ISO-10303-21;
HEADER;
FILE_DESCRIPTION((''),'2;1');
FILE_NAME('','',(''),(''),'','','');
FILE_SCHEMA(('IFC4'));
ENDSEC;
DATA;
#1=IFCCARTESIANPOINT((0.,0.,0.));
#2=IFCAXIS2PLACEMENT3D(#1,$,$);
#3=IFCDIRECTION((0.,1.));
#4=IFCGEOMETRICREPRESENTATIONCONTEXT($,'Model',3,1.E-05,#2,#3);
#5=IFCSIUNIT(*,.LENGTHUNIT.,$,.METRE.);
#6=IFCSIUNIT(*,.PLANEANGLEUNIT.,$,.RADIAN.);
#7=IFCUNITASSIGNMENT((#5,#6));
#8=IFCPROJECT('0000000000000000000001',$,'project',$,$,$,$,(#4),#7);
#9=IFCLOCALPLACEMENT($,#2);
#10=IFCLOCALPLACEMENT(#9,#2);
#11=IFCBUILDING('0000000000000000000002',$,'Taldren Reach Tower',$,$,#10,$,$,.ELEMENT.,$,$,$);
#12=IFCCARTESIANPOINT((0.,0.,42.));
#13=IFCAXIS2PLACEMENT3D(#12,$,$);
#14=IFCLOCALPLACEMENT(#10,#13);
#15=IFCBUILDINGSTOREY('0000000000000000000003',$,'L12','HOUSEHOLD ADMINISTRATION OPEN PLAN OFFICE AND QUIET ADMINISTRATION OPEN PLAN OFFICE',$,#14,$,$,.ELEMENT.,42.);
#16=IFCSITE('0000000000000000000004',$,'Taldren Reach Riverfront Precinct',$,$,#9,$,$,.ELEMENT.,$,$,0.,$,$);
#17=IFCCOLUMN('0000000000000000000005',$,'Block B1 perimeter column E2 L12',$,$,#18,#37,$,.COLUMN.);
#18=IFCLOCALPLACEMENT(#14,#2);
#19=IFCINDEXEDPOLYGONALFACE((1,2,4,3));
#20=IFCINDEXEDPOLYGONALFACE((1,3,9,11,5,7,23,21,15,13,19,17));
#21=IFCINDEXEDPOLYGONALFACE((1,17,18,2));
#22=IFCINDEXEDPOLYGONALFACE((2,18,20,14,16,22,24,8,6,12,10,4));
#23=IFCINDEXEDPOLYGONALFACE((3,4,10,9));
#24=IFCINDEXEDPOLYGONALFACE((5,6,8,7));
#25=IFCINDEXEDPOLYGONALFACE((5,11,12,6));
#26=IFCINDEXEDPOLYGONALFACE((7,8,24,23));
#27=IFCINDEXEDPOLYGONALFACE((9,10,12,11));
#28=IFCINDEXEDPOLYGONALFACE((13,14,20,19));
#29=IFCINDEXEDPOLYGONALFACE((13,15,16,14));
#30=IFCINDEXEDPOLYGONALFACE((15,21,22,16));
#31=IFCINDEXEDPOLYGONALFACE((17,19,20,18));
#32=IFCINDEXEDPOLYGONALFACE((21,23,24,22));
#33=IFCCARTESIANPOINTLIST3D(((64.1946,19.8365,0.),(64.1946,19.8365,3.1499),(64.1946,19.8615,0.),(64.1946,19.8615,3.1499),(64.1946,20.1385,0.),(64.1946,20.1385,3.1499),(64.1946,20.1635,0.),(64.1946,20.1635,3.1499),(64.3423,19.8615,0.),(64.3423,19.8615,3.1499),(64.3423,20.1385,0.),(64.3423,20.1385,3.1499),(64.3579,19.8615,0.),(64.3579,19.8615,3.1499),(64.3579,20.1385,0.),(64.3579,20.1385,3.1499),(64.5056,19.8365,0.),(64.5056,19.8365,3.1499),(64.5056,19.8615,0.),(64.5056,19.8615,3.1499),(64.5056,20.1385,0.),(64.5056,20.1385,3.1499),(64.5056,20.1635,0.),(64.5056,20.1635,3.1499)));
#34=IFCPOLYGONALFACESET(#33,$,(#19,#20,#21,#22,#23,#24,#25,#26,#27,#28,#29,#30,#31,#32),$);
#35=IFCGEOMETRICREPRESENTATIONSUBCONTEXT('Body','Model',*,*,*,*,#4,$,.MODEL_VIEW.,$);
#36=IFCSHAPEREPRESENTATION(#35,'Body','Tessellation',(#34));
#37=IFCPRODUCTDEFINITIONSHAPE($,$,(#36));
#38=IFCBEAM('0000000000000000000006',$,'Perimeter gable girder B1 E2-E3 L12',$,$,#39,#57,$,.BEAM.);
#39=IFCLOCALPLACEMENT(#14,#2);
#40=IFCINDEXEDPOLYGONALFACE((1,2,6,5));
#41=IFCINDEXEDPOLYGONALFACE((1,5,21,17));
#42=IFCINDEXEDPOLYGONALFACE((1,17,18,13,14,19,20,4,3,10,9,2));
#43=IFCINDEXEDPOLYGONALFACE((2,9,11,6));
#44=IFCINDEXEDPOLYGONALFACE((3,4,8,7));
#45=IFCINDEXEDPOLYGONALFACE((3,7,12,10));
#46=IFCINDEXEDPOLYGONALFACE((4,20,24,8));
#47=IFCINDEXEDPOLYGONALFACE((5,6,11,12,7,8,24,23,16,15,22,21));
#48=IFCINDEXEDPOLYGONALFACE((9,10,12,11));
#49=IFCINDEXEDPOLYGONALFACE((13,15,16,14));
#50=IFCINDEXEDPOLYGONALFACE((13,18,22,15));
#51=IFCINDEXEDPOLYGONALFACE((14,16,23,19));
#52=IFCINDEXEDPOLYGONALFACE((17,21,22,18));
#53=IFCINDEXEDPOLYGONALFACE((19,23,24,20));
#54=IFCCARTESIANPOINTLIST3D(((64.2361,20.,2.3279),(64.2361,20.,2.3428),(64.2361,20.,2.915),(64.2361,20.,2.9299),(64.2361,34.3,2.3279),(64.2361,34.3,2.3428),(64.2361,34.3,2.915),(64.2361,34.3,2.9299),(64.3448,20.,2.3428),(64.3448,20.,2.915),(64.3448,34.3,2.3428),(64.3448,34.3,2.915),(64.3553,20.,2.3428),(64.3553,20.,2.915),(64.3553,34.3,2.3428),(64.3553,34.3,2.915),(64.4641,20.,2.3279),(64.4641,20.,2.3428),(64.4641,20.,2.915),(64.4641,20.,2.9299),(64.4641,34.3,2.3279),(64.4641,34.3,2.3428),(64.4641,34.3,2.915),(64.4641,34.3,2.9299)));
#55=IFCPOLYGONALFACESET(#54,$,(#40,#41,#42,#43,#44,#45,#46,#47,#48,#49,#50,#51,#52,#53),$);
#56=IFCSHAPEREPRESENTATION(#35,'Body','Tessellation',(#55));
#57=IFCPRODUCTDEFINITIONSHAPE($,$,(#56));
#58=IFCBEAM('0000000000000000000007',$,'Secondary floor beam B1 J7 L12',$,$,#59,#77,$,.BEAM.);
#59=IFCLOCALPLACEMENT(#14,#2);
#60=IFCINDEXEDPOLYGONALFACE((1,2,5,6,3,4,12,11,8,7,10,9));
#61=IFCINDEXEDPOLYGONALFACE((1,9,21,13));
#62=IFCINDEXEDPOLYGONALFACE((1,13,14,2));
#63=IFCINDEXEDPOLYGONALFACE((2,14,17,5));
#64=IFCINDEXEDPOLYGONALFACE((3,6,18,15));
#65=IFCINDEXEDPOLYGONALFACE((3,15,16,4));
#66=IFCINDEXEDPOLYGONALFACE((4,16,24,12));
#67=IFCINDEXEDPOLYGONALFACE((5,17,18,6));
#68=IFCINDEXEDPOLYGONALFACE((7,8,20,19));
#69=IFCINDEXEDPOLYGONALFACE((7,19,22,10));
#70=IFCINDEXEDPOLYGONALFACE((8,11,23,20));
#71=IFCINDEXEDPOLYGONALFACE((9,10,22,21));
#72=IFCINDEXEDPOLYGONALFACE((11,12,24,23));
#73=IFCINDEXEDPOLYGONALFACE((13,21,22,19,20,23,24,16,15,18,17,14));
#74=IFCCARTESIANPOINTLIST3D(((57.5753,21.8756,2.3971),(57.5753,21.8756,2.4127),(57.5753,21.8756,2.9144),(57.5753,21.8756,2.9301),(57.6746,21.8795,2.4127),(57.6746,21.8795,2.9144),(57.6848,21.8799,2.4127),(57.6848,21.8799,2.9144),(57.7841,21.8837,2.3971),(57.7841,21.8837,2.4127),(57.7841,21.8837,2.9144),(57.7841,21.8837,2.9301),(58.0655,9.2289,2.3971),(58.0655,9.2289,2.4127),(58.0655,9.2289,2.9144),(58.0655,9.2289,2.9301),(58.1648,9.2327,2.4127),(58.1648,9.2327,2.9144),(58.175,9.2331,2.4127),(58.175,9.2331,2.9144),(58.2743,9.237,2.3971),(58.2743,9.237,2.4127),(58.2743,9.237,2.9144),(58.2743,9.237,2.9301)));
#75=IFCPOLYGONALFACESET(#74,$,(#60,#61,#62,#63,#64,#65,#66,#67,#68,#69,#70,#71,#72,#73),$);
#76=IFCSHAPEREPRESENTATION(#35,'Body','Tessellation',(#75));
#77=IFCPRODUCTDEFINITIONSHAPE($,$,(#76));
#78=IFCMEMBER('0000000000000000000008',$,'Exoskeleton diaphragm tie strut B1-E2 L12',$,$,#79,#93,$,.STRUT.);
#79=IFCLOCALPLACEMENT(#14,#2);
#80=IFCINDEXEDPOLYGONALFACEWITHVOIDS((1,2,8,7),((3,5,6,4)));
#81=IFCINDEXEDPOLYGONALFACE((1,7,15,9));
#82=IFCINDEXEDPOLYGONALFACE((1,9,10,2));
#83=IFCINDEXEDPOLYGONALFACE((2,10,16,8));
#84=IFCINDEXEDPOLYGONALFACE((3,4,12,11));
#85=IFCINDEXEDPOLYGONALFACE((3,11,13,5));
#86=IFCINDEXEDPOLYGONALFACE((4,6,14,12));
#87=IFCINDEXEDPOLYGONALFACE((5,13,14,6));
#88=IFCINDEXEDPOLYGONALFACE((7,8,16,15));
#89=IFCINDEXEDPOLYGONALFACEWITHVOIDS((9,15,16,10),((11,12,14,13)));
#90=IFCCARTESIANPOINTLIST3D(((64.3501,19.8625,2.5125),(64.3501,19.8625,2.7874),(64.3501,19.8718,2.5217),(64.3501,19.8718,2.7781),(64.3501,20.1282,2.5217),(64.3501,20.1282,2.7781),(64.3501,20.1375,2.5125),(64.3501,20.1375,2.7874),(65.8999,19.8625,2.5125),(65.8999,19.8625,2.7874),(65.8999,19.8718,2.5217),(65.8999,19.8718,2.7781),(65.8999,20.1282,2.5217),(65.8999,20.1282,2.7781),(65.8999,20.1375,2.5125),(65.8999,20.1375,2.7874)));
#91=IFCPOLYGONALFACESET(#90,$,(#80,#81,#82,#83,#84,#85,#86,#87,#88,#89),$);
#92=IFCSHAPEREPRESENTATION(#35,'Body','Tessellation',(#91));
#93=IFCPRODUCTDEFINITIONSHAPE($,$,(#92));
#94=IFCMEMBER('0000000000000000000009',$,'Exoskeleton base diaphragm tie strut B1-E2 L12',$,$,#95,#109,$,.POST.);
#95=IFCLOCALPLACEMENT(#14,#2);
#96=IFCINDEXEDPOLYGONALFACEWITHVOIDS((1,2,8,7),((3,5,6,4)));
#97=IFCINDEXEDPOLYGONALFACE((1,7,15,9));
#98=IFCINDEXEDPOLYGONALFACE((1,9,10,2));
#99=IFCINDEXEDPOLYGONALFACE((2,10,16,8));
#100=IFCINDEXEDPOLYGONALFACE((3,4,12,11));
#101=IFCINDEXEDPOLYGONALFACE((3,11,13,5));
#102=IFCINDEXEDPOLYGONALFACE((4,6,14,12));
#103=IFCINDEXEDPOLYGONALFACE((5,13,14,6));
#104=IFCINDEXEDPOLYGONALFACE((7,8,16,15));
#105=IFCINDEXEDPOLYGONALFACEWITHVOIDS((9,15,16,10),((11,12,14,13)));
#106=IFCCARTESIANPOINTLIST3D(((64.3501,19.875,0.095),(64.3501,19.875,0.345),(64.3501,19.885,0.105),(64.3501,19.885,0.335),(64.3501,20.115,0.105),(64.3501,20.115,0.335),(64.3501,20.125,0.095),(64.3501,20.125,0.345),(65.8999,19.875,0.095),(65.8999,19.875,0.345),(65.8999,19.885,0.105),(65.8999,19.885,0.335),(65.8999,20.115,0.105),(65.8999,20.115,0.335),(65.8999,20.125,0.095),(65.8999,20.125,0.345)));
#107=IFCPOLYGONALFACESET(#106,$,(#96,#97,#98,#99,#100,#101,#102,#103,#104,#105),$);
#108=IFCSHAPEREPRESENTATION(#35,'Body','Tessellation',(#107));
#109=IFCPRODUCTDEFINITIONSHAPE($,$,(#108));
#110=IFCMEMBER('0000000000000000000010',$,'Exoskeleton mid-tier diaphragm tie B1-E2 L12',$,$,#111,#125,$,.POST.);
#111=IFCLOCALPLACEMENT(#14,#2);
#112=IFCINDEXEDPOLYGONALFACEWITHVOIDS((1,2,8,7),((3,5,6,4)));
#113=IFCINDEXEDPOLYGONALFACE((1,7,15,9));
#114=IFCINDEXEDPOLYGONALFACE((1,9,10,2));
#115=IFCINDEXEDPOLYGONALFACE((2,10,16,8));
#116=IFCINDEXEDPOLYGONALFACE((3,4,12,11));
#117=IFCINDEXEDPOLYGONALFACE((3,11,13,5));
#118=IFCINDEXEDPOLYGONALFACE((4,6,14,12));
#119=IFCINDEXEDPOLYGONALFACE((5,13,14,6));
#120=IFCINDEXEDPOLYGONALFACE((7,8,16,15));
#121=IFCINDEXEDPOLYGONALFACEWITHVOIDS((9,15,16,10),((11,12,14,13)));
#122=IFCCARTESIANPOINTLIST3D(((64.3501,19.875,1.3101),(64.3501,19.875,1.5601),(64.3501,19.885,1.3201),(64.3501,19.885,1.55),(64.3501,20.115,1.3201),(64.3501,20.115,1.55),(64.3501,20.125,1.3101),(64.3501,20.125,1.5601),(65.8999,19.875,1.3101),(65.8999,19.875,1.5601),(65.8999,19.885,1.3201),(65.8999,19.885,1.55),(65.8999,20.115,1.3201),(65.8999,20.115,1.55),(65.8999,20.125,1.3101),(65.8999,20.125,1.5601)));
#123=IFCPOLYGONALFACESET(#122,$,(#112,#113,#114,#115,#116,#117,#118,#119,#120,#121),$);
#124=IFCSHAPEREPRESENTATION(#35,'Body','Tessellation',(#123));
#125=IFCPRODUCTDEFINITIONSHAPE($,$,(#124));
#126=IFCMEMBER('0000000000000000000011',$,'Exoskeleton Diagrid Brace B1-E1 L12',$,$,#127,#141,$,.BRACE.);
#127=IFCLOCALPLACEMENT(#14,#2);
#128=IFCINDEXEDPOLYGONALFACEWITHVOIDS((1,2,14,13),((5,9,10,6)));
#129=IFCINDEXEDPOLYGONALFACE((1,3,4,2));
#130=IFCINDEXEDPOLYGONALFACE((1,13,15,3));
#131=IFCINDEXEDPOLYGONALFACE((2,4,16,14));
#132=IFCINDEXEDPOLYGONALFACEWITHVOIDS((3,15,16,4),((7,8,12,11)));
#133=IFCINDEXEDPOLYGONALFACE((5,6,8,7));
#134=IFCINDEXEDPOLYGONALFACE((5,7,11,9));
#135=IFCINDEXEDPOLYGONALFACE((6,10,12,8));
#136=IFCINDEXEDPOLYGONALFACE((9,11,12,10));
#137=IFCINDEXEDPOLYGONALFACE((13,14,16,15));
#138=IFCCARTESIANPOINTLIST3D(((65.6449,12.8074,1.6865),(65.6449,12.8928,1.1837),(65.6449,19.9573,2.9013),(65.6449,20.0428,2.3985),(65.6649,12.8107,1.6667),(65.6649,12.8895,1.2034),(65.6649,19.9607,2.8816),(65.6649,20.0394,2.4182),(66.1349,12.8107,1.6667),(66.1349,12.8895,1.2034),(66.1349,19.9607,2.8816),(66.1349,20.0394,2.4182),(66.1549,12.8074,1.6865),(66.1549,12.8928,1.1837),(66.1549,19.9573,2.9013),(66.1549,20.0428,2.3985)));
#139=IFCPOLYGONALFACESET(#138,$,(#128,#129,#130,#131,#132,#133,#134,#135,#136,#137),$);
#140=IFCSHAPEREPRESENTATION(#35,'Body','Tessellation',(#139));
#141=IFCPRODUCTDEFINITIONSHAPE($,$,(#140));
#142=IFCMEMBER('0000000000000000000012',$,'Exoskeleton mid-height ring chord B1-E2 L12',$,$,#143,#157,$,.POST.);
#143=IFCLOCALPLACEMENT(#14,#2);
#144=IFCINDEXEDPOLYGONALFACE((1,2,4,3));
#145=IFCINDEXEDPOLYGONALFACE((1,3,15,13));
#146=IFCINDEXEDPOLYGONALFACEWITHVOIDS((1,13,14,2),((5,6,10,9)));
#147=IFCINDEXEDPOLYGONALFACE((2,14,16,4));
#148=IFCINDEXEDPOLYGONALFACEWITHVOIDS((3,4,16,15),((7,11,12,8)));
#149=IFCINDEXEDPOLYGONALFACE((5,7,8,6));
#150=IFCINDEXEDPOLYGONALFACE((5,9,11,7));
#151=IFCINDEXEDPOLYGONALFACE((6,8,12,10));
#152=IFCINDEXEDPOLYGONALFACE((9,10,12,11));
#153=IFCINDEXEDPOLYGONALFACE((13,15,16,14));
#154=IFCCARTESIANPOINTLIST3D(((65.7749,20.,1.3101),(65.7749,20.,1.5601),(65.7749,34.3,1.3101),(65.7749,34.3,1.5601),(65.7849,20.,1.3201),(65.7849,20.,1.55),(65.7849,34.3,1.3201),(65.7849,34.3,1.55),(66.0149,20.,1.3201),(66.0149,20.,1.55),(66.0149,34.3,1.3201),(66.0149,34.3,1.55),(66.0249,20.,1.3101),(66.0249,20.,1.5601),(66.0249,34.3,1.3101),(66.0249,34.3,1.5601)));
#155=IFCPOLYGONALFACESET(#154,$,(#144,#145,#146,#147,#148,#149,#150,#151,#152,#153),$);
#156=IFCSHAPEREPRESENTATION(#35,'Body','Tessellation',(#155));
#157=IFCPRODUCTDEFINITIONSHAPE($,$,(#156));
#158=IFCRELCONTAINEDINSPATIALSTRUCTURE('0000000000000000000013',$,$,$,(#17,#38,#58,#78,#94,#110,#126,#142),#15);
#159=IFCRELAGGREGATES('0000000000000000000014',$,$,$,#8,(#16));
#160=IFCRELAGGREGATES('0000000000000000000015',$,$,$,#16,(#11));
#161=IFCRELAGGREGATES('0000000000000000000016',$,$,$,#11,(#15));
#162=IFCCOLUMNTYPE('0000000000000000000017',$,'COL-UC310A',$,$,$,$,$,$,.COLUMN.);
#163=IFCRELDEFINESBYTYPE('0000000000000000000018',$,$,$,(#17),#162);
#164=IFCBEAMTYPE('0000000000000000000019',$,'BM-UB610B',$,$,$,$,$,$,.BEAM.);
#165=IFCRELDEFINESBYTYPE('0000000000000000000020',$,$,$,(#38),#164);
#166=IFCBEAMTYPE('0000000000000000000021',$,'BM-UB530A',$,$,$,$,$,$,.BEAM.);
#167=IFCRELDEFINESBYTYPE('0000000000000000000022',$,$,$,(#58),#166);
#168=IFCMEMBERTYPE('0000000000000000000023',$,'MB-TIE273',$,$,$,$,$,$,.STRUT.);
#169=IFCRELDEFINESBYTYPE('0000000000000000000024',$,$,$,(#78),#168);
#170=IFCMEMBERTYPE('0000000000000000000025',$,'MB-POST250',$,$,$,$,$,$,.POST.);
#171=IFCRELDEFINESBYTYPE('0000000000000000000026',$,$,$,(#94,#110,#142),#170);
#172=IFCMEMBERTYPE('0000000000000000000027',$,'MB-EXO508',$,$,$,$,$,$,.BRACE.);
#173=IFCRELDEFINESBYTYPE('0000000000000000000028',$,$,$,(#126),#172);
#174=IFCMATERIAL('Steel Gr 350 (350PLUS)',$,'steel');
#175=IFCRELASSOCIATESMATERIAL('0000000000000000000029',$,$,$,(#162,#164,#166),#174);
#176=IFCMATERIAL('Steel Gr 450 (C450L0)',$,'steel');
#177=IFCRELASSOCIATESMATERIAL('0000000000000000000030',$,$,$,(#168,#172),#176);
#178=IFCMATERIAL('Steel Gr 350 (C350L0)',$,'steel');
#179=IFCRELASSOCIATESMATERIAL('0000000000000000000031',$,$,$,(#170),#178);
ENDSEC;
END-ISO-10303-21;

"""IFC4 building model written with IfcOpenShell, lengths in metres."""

from ifc_helpers import new_model, si_unit, direction, frame, origin, origin_2d, place, context, subcontext, project, spatial, hollow_rectangle, i_section, extrude, source, transform, mapped, material, material_profile, profile_set, type_object, element, save


model = new_model("IFC4")

# Units and contexts
model_context = context("Model", 3, precision=1e-05, world=origin(), true_north=direction((0.0, 1.0)))
body_context = subcontext(model_context, "Body", "Model", "MODEL_VIEW")
ifc_project = project(units=[si_unit("LENGTHUNIT", "METRE"), si_unit("PLANEANGLEUNIT", "RADIAN")], contexts=[model_context])

# Site, building, storey
site_placement = place(None, origin())
site = spatial("IfcSite", under=ifc_project, at=site_placement, Name="Taldren Reach Riverfront Precinct", CompositionType="ELEMENT", RefElevation=0.0)
building_placement = place(site_placement, origin())
building = spatial("IfcBuilding", under=site, at=building_placement, Name="Taldren Reach Tower", CompositionType="ELEMENT")
storey_placement = place(building_placement, frame((0.0, 0.0, 42.0)))
storey = spatial("IfcBuildingStorey", under=building, at=storey_placement, Name="L12", Description="HOUSEHOLD ADMINISTRATION OPEN PLAN OFFICE AND QUIET ADMINISTRATION OPEN PLAN OFFICE", CompositionType="ELEMENT", Elevation=42.0)

# Column
ifc_material_1 = material(Name="Steel Gr 350 (350PLUS)", Category="steel")
ifc_material_profile_1 = material_profile(ifc_material_1, i_section(OverallWidth=0.311, OverallDepth=0.3269, WebThickness=0.0156, FlangeThickness=0.0249, at=origin_2d()), Name="310UC158")
ifc_profile_set_1 = profile_set([ifc_material_profile_1], Name="Steel Gr 350 (350PLUS)")
column_type = type_object("IfcColumnType", Name="COL-UC310A", PredefinedType="COLUMN", material=ifc_profile_set_1)
shared_shape_1 = source(origin(), body_context, "Body", "SweptSolid", [
    extrude(i_section(OverallWidth=0.311, OverallDepth=0.3269, WebThickness=0.0156, FlangeThickness=0.0249, at=origin_2d()), origin(), (0.0, 0.0, 1.0), 3.1499),
])
column_placement = place(storey_placement, frame((64.3501, 20.0, 0.0), z_axis=(0.0, 0.0, 1.0), x_axis=(1.0, 0.0, 0.0)))
element("IfcColumn", 1, at=column_placement, inside=storey, type_object=column_type, Name="Block B1 perimeter column E2 L12", PredefinedType="COLUMN", context=body_context, shape_type="MappedRepresentation", body=[
    mapped(shared_shape_1, transform((0.0, 0.0, 0.0), scale=1.0)),
])

# Beams
ifc_material_profile_2 = material_profile(ifc_material_1, i_section(OverallWidth=0.228, OverallDepth=0.6021, WebThickness=0.0105, FlangeThickness=0.0149, at=origin_2d()), Name="610UB101")
ifc_profile_set_2 = profile_set([ifc_material_profile_2], Name="Steel Gr 350 (350PLUS)")
beam_type_1 = type_object("IfcBeamType", Name="BM-UB610B", PredefinedType="BEAM", material=ifc_profile_set_2)
shared_shape_2 = source(origin(), body_context, "Body", "SweptSolid", [
    extrude(i_section(OverallWidth=0.228, OverallDepth=0.6021, WebThickness=0.0105, FlangeThickness=0.0149, at=origin_2d()), origin(), (0.0, 0.0, 1.0), 14.3),
])
beam_1_placement = place(storey_placement, frame((64.3501, 20.0, 2.6289), z_axis=(0.0, 1.0, 0.0), x_axis=(-1.0, 0.0, 0.0)))
element("IfcBeam", 2, at=beam_1_placement, inside=storey, type_object=beam_type_1, Name="Perimeter gable girder B1 E2-E3 L12", PredefinedType="BEAM", context=body_context, shape_type="MappedRepresentation", body=[
    mapped(shared_shape_2, transform((0.0, 0.0, 0.0), scale=1.0)),
])
ifc_material_profile_3 = material_profile(ifc_material_1, i_section(OverallWidth=0.209, OverallDepth=0.533, WebThickness=0.0103, FlangeThickness=0.0156, at=origin_2d()), Name="530UB92.4")
ifc_profile_set_3 = profile_set([ifc_material_profile_3], Name="Steel Gr 350 (350PLUS)")
beam_type_2 = type_object("IfcBeamType", Name="BM-UB530A", PredefinedType="BEAM", material=ifc_profile_set_3)
shared_shape_3 = source(origin(), body_context, "Body", "SweptSolid", [
    extrude(i_section(OverallWidth=0.209, OverallDepth=0.533, WebThickness=0.0103, FlangeThickness=0.0156, at=origin_2d()), origin(), (0.0, 0.0, 1.0), 12.6562),
])
beam_2_placement = place(storey_placement, frame((58.1699, 9.2329, 2.6636), z_axis=(-0.038735, 0.99925, 0.0), x_axis=(-0.99925, -0.038735, 0.0)))
element("IfcBeam", 3, at=beam_2_placement, inside=storey, type_object=beam_type_2, Name="Secondary floor beam B1 J7 L12", PredefinedType="BEAM", context=body_context, shape_type="MappedRepresentation", body=[
    mapped(shared_shape_3, transform((0.0, 0.0, 0.0), scale=1.0)),
])

# Members
ifc_material_2 = material(Name="Steel Gr 450 (C450L0)", Category="steel")
ifc_material_profile_4 = material_profile(ifc_material_2, hollow_rectangle(XDim=0.2749, YDim=0.2749, WallThickness=0.0093, at=origin_2d()), Name="275x275x9.3SHS")
ifc_profile_set_4 = profile_set([ifc_material_profile_4], Name="Steel Gr 450 (C450L0)")
member_type_1 = type_object("IfcMemberType", Name="MB-TIE273", PredefinedType="STRUT", material=ifc_profile_set_4)
shared_shape_4 = source(origin(), body_context, "Body", "SweptSolid", [
    extrude(hollow_rectangle(XDim=0.2749, YDim=0.2749, WallThickness=0.0093, at=origin_2d()), origin(), (0.0, 0.0, 1.0), 1.5498),
])
member_1_placement = place(storey_placement, frame((64.3501, 20.0, 2.6499), z_axis=(1.0, 0.0, 0.0), x_axis=(0.0, 1.0, 0.0)))
element("IfcMember", 4, at=member_1_placement, inside=storey, type_object=member_type_1, Name="Exoskeleton diaphragm tie strut B1-E2 L12", PredefinedType="STRUT", context=body_context, shape_type="MappedRepresentation", body=[
    mapped(shared_shape_4, transform((0.0, 0.0, 0.0), scale=1.0)),
])
ifc_material_3 = material(Name="Steel Gr 350 (C350L0)", Category="steel")
ifc_material_profile_5 = material_profile(ifc_material_3, hollow_rectangle(XDim=0.25, YDim=0.25, WallThickness=0.01, at=origin_2d()), Name="250x250x10.0SHS")
ifc_profile_set_5 = profile_set([ifc_material_profile_5], Name="Steel Gr 350 (C350L0)")
member_type_2 = type_object("IfcMemberType", Name="MB-POST250", PredefinedType="POST", material=ifc_profile_set_5)
shared_shape_5 = source(origin(), body_context, "Body", "SweptSolid", [
    extrude(hollow_rectangle(XDim=0.25, YDim=0.25, WallThickness=0.01, at=origin_2d()), origin(), (0.0, 0.0, 1.0), 1.5498),
])
for number, where, z_axis, x_axis, name in (
    (5, (64.3501, 20.0, 0.22), (1.0, 0.0, 0.0), (0.0, 1.0, 0.0), "Exoskeleton base diaphragm tie strut B1-E2 L12"),
    (6, (64.3501, 20.0, 1.4351), (1.0, 0.0, 0.0), (0.0, 1.0, 0.0), "Exoskeleton mid-tier diaphragm tie B1-E2 L12"),
):
    element("IfcMember", number, at=place(storey_placement, frame(where, z_axis=z_axis, x_axis=x_axis)), inside=storey, type_object=member_type_2, Name=name, PredefinedType="POST", context=body_context, shape_type="MappedRepresentation", body=[
        mapped(shared_shape_5, transform((0.0, 0.0, 0.0), scale=1.0)),
    ])
ifc_material_profile_6 = material_profile(ifc_material_2, hollow_rectangle(XDim=0.51, YDim=0.51, WallThickness=0.02, at=origin_2d()), Name="510x510x20.0SHS")
ifc_profile_set_6 = profile_set([ifc_material_profile_6], Name="Steel Gr 450 (C450L0)")
member_type_3 = type_object("IfcMemberType", Name="MB-EXO508", PredefinedType="BRACE", material=ifc_profile_set_6)
shared_shape_6 = source(origin(), body_context, "Body", "SweptSolid", [
    extrude(hollow_rectangle(XDim=0.51, YDim=0.51, WallThickness=0.02, at=origin_2d()), origin(), (0.0, 0.0, 1.0), 7.2524),
])
member_2_placement = place(storey_placement, frame((65.8999, 12.8501, 1.4351), z_axis=(0.0, 0.98587, 0.16751), x_axis=(-1.0, 0.0, 0.0)))
element("IfcMember", 7, at=member_2_placement, inside=storey, type_object=member_type_3, Name="Exoskeleton Diagrid Brace B1-E1 L12", PredefinedType="BRACE", context=body_context, shape_type="MappedRepresentation", body=[
    mapped(shared_shape_6, transform((0.0, 0.0, 0.0), scale=1.0)),
])
shared_shape_7 = source(origin(), body_context, "Body", "SweptSolid", [
    extrude(hollow_rectangle(XDim=0.25, YDim=0.25, WallThickness=0.01, at=origin_2d()), origin(), (0.0, 0.0, 1.0), 14.3),
])
member_3_placement = place(storey_placement, frame((65.8999, 20.0, 1.4351), z_axis=(0.0, 1.0, 0.0), x_axis=(-1.0, 0.0, 0.0)))
element("IfcMember", 8, at=member_3_placement, inside=storey, type_object=member_type_2, Name="Exoskeleton mid-height ring chord B1-E2 L12", PredefinedType="POST", context=body_context, shape_type="MappedRepresentation", body=[
    mapped(shared_shape_7, transform((0.0, 0.0, 0.0), scale=1.0)),
])

save(model, "model.ifc")
